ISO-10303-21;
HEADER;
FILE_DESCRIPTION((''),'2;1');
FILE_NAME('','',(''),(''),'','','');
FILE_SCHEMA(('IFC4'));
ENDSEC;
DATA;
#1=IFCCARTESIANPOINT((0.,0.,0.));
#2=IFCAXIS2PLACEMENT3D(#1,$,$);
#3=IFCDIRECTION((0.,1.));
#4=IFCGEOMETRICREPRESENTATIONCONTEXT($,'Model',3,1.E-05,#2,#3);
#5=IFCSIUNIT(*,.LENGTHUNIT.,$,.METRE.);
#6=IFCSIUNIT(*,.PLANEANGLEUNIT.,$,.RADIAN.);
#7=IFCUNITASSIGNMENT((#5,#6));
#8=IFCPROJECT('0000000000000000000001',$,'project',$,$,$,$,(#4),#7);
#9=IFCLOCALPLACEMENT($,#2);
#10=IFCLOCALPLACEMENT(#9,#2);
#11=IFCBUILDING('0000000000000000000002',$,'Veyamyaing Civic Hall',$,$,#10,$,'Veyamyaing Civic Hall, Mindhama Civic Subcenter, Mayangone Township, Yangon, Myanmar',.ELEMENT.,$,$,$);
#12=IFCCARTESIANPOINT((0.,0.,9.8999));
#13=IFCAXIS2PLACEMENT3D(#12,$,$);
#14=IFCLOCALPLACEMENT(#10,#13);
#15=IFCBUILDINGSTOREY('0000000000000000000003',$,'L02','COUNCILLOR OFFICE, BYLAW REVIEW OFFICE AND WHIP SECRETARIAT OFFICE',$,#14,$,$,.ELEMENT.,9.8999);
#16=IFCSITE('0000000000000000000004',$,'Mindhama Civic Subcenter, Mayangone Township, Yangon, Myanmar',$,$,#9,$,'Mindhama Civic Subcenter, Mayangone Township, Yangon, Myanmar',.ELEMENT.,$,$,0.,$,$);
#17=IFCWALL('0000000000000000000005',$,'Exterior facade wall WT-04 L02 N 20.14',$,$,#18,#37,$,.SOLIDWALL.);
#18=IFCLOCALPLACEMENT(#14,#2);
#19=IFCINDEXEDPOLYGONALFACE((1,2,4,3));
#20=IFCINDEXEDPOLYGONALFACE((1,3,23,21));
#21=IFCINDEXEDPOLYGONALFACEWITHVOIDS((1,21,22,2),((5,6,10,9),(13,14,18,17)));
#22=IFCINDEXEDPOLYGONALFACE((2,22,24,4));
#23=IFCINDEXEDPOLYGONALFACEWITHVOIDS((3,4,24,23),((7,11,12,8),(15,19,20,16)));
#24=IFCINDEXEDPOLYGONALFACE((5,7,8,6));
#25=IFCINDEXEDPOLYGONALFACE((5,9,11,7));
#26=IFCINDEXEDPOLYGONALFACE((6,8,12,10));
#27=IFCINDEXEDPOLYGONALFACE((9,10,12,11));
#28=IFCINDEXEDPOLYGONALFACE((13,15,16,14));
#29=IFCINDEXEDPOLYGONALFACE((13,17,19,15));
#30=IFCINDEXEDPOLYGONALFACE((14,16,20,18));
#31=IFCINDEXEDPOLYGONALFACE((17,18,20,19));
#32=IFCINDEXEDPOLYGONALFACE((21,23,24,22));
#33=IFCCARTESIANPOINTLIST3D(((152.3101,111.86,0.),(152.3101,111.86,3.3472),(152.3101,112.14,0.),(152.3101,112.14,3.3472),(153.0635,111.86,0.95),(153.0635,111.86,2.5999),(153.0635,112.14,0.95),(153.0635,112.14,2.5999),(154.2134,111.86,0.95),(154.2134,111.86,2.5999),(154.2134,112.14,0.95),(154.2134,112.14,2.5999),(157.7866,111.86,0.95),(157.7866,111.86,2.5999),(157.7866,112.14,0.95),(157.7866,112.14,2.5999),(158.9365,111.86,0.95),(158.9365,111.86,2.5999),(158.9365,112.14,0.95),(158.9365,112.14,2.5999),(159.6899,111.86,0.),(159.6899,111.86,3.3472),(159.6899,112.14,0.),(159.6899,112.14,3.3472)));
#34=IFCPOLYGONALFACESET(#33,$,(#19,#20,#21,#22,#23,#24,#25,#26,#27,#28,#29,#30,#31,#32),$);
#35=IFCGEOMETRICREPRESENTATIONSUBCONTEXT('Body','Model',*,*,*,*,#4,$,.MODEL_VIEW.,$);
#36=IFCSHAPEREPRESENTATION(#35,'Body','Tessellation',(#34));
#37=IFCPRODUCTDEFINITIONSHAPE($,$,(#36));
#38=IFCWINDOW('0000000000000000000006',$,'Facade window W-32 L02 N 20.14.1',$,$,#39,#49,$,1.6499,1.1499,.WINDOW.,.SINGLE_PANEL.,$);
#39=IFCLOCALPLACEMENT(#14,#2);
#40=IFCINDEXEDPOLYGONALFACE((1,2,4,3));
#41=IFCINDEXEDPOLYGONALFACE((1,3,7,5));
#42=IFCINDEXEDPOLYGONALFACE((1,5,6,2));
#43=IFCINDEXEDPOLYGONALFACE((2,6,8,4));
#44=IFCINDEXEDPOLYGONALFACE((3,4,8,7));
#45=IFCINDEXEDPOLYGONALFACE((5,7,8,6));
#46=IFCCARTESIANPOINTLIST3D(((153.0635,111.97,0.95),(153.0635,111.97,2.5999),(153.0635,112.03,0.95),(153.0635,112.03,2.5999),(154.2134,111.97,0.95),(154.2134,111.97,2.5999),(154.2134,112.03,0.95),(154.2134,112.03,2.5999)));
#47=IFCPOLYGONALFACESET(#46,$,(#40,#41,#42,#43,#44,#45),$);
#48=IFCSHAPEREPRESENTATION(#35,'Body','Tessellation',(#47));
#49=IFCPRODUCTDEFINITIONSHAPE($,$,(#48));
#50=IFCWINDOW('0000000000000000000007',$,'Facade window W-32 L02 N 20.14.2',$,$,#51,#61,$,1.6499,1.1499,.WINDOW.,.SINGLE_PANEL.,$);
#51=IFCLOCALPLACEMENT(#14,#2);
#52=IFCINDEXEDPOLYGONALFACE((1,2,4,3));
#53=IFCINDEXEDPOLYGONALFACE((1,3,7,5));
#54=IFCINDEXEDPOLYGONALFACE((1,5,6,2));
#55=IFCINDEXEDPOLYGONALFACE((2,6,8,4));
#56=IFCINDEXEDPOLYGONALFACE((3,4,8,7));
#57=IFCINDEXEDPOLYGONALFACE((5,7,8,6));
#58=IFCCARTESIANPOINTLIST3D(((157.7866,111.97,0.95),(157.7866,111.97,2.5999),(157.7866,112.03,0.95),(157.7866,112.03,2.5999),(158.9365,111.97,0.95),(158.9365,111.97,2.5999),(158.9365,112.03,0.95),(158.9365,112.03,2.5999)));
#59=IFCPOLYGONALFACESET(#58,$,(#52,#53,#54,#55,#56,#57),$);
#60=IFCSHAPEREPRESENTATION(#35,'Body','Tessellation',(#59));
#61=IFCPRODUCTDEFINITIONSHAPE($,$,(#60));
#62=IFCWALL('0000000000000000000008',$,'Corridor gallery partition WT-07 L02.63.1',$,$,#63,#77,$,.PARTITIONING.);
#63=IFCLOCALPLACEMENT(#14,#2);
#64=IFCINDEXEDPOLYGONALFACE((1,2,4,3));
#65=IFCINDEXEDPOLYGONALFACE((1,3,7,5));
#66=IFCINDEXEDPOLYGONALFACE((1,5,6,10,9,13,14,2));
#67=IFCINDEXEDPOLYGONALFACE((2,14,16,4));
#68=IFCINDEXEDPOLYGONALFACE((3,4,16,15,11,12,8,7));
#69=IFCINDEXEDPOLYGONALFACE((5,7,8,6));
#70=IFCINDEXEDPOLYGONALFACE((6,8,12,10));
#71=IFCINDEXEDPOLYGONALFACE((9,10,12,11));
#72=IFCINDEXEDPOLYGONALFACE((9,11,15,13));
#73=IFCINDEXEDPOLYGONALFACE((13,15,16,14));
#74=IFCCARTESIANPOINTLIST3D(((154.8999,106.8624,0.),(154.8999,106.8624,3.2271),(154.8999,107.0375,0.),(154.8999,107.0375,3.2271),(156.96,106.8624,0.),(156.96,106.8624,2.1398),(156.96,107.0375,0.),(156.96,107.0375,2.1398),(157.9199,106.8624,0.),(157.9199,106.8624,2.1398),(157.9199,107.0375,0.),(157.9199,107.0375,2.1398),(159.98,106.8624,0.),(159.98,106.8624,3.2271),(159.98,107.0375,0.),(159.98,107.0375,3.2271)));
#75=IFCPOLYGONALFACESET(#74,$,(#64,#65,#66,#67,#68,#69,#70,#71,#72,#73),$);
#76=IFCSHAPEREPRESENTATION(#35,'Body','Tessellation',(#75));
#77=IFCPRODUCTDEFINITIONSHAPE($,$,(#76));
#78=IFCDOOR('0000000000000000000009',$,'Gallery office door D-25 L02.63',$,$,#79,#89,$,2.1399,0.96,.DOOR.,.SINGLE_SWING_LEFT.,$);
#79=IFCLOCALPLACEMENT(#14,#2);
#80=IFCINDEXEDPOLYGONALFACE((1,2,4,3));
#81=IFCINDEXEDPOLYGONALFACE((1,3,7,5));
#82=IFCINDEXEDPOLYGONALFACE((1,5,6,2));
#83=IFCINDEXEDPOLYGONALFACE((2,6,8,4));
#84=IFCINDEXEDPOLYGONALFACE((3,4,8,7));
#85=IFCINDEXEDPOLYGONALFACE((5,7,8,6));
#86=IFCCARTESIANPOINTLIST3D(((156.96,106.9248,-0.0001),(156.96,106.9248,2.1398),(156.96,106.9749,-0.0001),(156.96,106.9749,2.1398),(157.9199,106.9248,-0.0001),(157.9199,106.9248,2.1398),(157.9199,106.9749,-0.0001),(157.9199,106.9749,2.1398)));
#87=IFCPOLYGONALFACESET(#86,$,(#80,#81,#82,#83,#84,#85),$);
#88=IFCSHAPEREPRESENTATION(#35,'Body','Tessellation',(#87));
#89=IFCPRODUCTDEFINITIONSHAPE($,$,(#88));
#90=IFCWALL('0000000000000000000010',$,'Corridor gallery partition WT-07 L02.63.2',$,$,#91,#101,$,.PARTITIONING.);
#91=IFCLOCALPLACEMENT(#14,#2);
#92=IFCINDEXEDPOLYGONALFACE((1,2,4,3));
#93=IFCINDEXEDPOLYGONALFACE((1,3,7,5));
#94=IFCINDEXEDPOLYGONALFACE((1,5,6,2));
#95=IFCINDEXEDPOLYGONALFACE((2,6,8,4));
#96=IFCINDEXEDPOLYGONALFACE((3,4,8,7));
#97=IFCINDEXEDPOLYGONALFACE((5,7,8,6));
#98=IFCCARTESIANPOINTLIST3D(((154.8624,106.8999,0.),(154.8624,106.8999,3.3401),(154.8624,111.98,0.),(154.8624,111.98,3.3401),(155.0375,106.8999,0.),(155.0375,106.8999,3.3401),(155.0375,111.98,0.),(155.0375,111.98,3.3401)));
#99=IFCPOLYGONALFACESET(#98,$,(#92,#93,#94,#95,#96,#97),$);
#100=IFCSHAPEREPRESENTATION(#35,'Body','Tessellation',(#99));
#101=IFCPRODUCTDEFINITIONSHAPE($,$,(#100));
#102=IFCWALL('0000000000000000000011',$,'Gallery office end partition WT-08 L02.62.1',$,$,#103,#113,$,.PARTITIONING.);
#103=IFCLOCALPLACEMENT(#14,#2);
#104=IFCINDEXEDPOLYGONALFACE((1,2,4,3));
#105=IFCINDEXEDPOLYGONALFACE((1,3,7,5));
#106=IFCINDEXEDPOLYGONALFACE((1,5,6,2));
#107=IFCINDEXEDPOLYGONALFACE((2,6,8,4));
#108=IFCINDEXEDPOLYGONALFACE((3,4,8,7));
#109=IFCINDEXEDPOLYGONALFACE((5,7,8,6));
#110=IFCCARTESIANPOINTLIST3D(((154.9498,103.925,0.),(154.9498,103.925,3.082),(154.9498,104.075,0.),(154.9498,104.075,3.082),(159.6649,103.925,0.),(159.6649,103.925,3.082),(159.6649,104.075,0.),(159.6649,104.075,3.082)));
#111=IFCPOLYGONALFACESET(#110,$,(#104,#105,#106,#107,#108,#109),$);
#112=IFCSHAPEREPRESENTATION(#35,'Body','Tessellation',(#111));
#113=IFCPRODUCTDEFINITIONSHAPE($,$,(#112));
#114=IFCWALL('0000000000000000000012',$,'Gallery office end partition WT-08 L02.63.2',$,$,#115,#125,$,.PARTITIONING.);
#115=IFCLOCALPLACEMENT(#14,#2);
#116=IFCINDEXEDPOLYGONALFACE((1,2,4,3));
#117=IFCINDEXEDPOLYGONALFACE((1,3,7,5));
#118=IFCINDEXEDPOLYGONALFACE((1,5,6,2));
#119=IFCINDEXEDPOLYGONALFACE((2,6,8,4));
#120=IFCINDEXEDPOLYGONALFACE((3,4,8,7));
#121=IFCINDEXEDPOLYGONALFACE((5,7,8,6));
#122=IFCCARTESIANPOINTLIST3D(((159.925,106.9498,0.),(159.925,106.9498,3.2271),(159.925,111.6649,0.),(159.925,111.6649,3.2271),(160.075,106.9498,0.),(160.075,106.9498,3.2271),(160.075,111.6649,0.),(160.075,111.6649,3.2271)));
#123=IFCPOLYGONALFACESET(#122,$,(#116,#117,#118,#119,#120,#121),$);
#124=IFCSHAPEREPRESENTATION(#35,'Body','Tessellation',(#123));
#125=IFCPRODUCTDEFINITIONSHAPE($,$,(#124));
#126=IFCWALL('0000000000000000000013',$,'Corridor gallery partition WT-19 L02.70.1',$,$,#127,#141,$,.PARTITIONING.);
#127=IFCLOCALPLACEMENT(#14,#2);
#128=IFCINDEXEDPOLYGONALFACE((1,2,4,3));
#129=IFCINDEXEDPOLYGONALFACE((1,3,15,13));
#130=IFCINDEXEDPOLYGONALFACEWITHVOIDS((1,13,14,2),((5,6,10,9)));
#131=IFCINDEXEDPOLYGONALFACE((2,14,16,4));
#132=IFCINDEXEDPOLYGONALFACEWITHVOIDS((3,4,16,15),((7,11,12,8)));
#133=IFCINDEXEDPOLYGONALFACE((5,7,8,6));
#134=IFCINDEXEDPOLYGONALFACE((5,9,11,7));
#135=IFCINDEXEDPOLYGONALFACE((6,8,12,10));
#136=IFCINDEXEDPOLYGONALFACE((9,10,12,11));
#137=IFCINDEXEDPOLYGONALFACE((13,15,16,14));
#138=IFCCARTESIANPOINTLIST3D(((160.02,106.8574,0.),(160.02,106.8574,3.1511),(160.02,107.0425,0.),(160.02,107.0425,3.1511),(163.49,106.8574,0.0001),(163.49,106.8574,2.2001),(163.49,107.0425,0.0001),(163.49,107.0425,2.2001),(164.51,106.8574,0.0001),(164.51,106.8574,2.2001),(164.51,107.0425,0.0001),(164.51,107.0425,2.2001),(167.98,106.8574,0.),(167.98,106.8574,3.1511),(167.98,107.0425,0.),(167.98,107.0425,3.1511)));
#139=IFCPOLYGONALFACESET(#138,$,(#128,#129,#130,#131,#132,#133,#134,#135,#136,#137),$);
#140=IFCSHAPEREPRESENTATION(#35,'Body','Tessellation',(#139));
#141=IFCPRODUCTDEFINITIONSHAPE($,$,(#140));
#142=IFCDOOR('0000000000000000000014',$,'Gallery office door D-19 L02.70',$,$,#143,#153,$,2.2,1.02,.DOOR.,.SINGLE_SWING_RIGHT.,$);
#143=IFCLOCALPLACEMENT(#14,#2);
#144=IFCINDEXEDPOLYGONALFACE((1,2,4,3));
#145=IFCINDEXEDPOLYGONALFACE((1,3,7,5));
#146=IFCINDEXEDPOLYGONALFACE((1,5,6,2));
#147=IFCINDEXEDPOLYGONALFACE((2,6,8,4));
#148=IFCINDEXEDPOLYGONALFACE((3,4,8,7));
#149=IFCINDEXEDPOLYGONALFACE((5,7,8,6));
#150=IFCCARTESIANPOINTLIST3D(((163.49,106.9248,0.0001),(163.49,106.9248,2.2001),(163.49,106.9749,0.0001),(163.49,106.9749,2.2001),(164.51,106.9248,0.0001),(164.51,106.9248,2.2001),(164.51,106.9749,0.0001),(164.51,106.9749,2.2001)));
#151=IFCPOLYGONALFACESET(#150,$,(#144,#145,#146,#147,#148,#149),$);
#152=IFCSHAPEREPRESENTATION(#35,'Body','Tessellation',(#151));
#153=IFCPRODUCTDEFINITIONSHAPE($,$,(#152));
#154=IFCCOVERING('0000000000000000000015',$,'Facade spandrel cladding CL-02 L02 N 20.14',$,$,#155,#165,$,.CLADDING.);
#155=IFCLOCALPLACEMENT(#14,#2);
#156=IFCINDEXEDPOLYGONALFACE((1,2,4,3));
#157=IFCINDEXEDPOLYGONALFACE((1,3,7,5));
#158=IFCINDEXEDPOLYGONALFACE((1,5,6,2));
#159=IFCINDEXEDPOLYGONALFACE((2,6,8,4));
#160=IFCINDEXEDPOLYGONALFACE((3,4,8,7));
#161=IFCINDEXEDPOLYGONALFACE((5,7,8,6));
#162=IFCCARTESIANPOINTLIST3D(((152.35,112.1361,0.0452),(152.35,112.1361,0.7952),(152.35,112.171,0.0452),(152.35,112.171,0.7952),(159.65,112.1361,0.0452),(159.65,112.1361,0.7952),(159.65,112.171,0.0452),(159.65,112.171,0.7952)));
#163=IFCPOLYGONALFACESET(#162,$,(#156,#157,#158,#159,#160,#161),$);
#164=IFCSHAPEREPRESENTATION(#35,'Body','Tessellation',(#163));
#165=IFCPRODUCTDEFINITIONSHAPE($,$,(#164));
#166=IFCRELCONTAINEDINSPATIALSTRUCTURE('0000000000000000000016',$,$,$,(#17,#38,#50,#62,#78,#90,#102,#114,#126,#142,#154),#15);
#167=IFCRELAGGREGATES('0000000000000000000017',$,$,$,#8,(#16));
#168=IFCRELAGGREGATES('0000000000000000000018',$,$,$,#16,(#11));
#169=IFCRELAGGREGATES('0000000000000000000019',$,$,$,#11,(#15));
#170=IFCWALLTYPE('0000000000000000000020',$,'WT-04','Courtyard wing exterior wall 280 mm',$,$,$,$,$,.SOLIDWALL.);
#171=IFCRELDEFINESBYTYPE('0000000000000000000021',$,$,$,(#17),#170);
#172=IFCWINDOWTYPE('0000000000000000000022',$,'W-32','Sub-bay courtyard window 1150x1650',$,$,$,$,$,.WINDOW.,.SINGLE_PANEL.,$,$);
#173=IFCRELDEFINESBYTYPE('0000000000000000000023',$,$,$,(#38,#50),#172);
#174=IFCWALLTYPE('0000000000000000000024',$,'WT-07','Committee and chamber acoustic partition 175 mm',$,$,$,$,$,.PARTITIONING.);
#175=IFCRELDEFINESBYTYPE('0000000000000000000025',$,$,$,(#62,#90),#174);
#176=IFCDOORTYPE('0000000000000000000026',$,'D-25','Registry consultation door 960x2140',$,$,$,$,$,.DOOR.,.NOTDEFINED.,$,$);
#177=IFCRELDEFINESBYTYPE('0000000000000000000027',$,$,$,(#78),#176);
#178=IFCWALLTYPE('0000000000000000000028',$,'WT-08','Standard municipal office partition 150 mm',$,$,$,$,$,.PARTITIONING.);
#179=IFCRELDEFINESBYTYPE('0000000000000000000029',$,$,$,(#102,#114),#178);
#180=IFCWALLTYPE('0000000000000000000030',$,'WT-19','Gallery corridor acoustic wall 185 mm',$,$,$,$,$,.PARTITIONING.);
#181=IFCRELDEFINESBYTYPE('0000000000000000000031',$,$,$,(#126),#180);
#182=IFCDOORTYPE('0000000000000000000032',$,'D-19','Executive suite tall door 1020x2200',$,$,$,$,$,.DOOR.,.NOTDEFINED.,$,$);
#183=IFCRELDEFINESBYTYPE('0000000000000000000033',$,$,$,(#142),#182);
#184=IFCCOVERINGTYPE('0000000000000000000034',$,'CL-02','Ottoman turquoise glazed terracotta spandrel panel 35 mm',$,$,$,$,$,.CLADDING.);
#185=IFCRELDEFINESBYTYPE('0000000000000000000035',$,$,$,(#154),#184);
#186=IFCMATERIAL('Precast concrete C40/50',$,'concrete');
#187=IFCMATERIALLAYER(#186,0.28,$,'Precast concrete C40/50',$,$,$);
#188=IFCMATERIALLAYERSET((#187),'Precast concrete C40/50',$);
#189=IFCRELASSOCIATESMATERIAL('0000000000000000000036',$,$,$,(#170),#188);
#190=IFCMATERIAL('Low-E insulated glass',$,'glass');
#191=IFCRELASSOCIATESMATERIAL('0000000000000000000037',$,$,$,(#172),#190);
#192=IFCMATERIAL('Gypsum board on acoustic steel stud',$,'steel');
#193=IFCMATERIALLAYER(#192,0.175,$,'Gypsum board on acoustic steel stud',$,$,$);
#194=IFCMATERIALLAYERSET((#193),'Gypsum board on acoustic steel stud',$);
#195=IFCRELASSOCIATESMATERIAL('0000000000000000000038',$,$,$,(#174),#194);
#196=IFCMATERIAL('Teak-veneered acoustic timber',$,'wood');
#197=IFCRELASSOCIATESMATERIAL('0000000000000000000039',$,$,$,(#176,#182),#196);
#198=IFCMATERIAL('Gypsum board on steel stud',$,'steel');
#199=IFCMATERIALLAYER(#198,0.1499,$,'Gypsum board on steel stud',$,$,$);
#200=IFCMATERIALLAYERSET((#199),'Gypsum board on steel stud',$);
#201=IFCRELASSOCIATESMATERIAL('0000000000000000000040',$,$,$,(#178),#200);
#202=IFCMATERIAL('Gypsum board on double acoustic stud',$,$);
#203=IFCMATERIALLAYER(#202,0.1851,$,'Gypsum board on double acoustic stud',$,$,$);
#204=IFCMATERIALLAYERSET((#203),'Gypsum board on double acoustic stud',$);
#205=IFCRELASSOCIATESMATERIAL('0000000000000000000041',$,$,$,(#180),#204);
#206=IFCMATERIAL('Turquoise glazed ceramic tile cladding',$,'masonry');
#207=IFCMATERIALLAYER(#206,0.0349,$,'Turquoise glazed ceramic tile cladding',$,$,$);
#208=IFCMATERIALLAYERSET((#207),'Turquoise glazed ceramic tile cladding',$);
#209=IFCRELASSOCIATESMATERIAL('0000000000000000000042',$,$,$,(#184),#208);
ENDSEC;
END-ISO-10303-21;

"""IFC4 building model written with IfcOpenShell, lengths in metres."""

from ifc_helpers import new_model, si_unit, direction, frame, frame_2d, origin, origin_2d, place, context, subcontext, project, spatial, rectangle, extrude, material, layer, layer_set, type_object, element, fill, save


model = new_model("IFC4")

# Units and contexts
model_context = context("Model", 3, precision=1e-05, world=origin(), true_north=direction((0.0, 1.0)))
body_context = subcontext(model_context, "Body", "Model", "MODEL_VIEW")
ifc_project = project(units=[si_unit("LENGTHUNIT", "METRE"), si_unit("PLANEANGLEUNIT", "RADIAN")], contexts=[model_context])

# Site, building, storey
site_placement = place(None, origin())
site = spatial("IfcSite", under=ifc_project, at=site_placement, Name="Mindhama Civic Subcenter, Mayangone Township, Yangon, Myanmar", LongName="Mindhama Civic Subcenter, Mayangone Township, Yangon, Myanmar", CompositionType="ELEMENT", RefElevation=0.0)
building_placement = place(site_placement, origin())
building = spatial("IfcBuilding", under=site, at=building_placement, Name="Veyamyaing Civic Hall", LongName="Veyamyaing Civic Hall, Mindhama Civic Subcenter, Mayangone Township, Yangon, Myanmar", CompositionType="ELEMENT")
storey_placement = place(building_placement, frame((0.0, 0.0, 9.8999)))
storey = spatial("IfcBuildingStorey", under=building, at=storey_placement, Name="L02", Description="COUNCILLOR OFFICE, BYLAW REVIEW OFFICE AND WHIP SECRETARIAT OFFICE", CompositionType="ELEMENT", Elevation=9.8999)

# Wall, openings, windows
ifc_material_1 = material(Name="Precast concrete C40/50", Category="concrete")
ifc_layer_1 = layer(ifc_material_1, 0.28, Name="Precast concrete C40/50")
ifc_layer_set_1 = layer_set([ifc_layer_1], Name="Precast concrete C40/50")
wall_type_1 = type_object("IfcWallType", Name="WT-04", Description="Courtyard wing exterior wall 280 mm", PredefinedType="SOLIDWALL", material=ifc_layer_set_1)
wall_1_placement = place(storey_placement, frame((152.3101, 112.0, 0.0), z_axis=(0.0, 0.0, 1.0), x_axis=(1.0, 0.0, 0.0)))
wall_1 = element("IfcWall", 1, at=wall_1_placement, inside=storey, type_object=wall_type_1, Name="Exterior facade wall WT-04 L02 N 20.14", PredefinedType="SOLIDWALL", context=body_context, shape_type="SweptSolid", body=[
    extrude(rectangle(XDim=7.3799, YDim=0.28, at=frame_2d((3.6899, 0.0))), origin(), (0.0, 0.0, 1.0), 3.3472),
])
opening_1_placement = place(wall_1_placement, frame((0.7534, 0.0, 0.95)))
opening_1 = element("IfcOpeningElement", 2, at=opening_1_placement, cuts=wall_1, PredefinedType="OPENING", context=body_context, shape_type="SweptSolid", body=[
    extrude(rectangle(XDim=1.1499, YDim=1.6499, at=frame_2d((0.575, 0.825))), frame((0.0, 0.1499, 0.0), z_axis=(0.0, -1.0, 0.0), x_axis=(1.0, 0.0, 0.0)), (0.0, 0.0, 1.0), 0.3),
])
opening_2_placement = place(wall_1_placement, frame((5.4766, 0.0, 0.95)))
opening_2 = element("IfcOpeningElement", 3, at=opening_2_placement, cuts=wall_1, PredefinedType="OPENING", context=body_context, shape_type="SweptSolid", body=[
    extrude(rectangle(XDim=1.1499, YDim=1.6499, at=frame_2d((0.575, 0.825))), frame((0.0, 0.1499, 0.0), z_axis=(0.0, -1.0, 0.0), x_axis=(1.0, 0.0, 0.0)), (0.0, 0.0, 1.0), 0.3),
])
ifc_material_2 = material(Name="Low-E insulated glass", Category="glass")
window_type = type_object("IfcWindowType", Name="W-32", Description="Sub-bay courtyard window 1150x1650", PartitioningType="SINGLE_PANEL", PredefinedType="WINDOW", material=ifc_material_2)
window_1_placement = place(opening_1_placement, origin())
window_1 = element("IfcWindow", 4, at=window_1_placement, inside=storey, type_object=window_type, Name="Facade window W-32 L02 N 20.14.1", OverallHeight=1.6499, OverallWidth=1.1499, PartitioningType="SINGLE_PANEL", PredefinedType="WINDOW", context=body_context, shape_type="SweptSolid", body=[
    extrude(rectangle(XDim=1.1499, YDim=1.6499, at=frame_2d((0.575, 0.825))), frame((0.0, 0.03, 0.0), z_axis=(0.0, -1.0, 0.0), x_axis=(1.0, 0.0, 0.0)), (0.0, 0.0, 1.0), 0.0601),
])
fill(opening_1, window_1)
window_2_placement = place(opening_2_placement, origin())
window_2 = element("IfcWindow", 5, at=window_2_placement, inside=storey, type_object=window_type, Name="Facade window W-32 L02 N 20.14.2", OverallHeight=1.6499, OverallWidth=1.1499, PartitioningType="SINGLE_PANEL", PredefinedType="WINDOW", context=body_context, shape_type="SweptSolid", body=[
    extrude(rectangle(XDim=1.1499, YDim=1.6499, at=frame_2d((0.575, 0.825))), frame((0.0, 0.03, 0.0), z_axis=(0.0, -1.0, 0.0), x_axis=(1.0, 0.0, 0.0)), (0.0, 0.0, 1.0), 0.0601),
])
fill(opening_2, window_2)

# Wall, opening, door
ifc_material_3 = material(Name="Gypsum board on acoustic steel stud", Category="steel")
ifc_layer_2 = layer(ifc_material_3, 0.175, Name="Gypsum board on acoustic steel stud")
ifc_layer_set_2 = layer_set([ifc_layer_2], Name="Gypsum board on acoustic steel stud")
wall_type_2 = type_object("IfcWallType", Name="WT-07", Description="Committee and chamber acoustic partition 175 mm", PredefinedType="PARTITIONING", material=ifc_layer_set_2)
wall_2_placement = place(storey_placement, frame((154.8999, 106.95, 0.0), z_axis=(0.0, 0.0, 1.0), x_axis=(1.0, 0.0, 0.0)))
wall_2 = element("IfcWall", 6, at=wall_2_placement, inside=storey, type_object=wall_type_2, Name="Corridor gallery partition WT-07 L02.63.1", PredefinedType="PARTITIONING", context=body_context, shape_type="SweptSolid", body=[
    extrude(rectangle(XDim=5.0801, YDim=0.175, at=frame_2d((2.54, 0.0))), origin(), (0.0, 0.0, 1.0), 3.2271),
])
opening_3_placement = place(wall_2_placement, frame((2.0601, 0.0, 0.0)))
opening_3 = element("IfcOpeningElement", 7, at=opening_3_placement, cuts=wall_2, PredefinedType="OPENING", context=body_context, shape_type="SweptSolid", body=[
    extrude(rectangle(XDim=0.96, YDim=2.1399, at=frame_2d((0.48, 1.0698))), frame((0.0, 0.0974, 0.0), z_axis=(0.0, -1.0, 0.0), x_axis=(1.0, 0.0, 0.0)), (0.0, 0.0, 1.0), 0.1951),
])
ifc_material_4 = material(Name="Teak-veneered acoustic timber", Category="wood")
door_type_1 = type_object("IfcDoorType", Name="D-25", Description="Registry consultation door 960x2140", OperationType="NOTDEFINED", PredefinedType="DOOR", material=ifc_material_4)
door_1_placement = place(opening_3_placement, origin())
door_1 = element("IfcDoor", 8, at=door_1_placement, inside=storey, type_object=door_type_1, Name="Gallery office door D-25 L02.63", OperationType="SINGLE_SWING_LEFT", OverallHeight=2.1399, OverallWidth=0.96, PredefinedType="DOOR", context=body_context, shape_type="SweptSolid", body=[
    extrude(rectangle(XDim=0.96, YDim=2.1399, at=frame_2d((0.48, 1.0698))), frame((0.0, 0.0249, 0.0), z_axis=(0.0, -1.0, 0.0), x_axis=(1.0, 0.0, 0.0)), (0.0, 0.0, 1.0), 0.05),
])
fill(opening_3, door_1)

# Walls
wall_3_placement = place(storey_placement, frame((154.95, 106.8999, 0.0), z_axis=(0.0, 0.0, 1.0), x_axis=(0.0, 1.0, 0.0)))
element("IfcWall", 9, at=wall_3_placement, inside=storey, type_object=wall_type_2, Name="Corridor gallery partition WT-07 L02.63.2", PredefinedType="PARTITIONING", context=body_context, shape_type="SweptSolid", body=[
    extrude(rectangle(XDim=5.0801, YDim=0.175, at=frame_2d((2.54, 0.0))), origin(), (0.0, 0.0, 1.0), 3.3401),
])
ifc_material_5 = material(Name="Gypsum board on steel stud", Category="steel")
ifc_layer_3 = layer(ifc_material_5, 0.1499, Name="Gypsum board on steel stud")
ifc_layer_set_3 = layer_set([ifc_layer_3], Name="Gypsum board on steel stud")
wall_type_3 = type_object("IfcWallType", Name="WT-08", Description="Standard municipal office partition 150 mm", PredefinedType="PARTITIONING", material=ifc_layer_set_3)
wall_4_placement = place(storey_placement, frame((154.95, 104.0, 0.0), z_axis=(0.0, 0.0, 1.0), x_axis=(1.0, 0.0, 0.0)))
element("IfcWall", 10, at=wall_4_placement, inside=storey, type_object=wall_type_3, Name="Gallery office end partition WT-08 L02.62.1", PredefinedType="PARTITIONING", context=body_context, shape_type="SweptSolid", body=[
    extrude(rectangle(XDim=4.7151, YDim=0.1499, at=frame_2d((2.3574, 0.0))), origin(), (0.0, 0.0, 1.0), 3.082),
])
wall_5_placement = place(storey_placement, frame((160.0, 106.95, 0.0), z_axis=(0.0, 0.0, 1.0), x_axis=(0.0, 1.0, 0.0)))
element("IfcWall", 11, at=wall_5_placement, inside=storey, type_object=wall_type_3, Name="Gallery office end partition WT-08 L02.63.2", PredefinedType="PARTITIONING", context=body_context, shape_type="SweptSolid", body=[
    extrude(rectangle(XDim=4.7151, YDim=0.1499, at=frame_2d((2.3574, 0.0))), origin(), (0.0, 0.0, 1.0), 3.2271),
])

# Wall, opening, door
ifc_material_6 = material(Name="Gypsum board on double acoustic stud")
ifc_layer_4 = layer(ifc_material_6, 0.1851, Name="Gypsum board on double acoustic stud")
ifc_layer_set_4 = layer_set([ifc_layer_4], Name="Gypsum board on double acoustic stud")
wall_type_4 = type_object("IfcWallType", Name="WT-19", Description="Gallery corridor acoustic wall 185 mm", PredefinedType="PARTITIONING", material=ifc_layer_set_4)
wall_6_placement = place(storey_placement, frame((160.02, 106.95, 0.0), z_axis=(0.0, 0.0, 1.0), x_axis=(1.0, 0.0, 0.0)))
wall_6 = element("IfcWall", 12, at=wall_6_placement, inside=storey, type_object=wall_type_4, Name="Corridor gallery partition WT-19 L02.70.1", PredefinedType="PARTITIONING", context=body_context, shape_type="SweptSolid", body=[
    extrude(rectangle(XDim=7.96, YDim=0.1851, at=frame_2d((3.98, 0.0))), origin(), (0.0, 0.0, 1.0), 3.1511),
])
opening_4_placement = place(wall_6_placement, frame((3.47, 0.0, 0.0)))
opening_4 = element("IfcOpeningElement", 13, at=opening_4_placement, cuts=wall_6, PredefinedType="OPENING", context=body_context, shape_type="SweptSolid", body=[
    extrude(rectangle(XDim=1.02, YDim=2.2, at=frame_2d((0.51, 1.1001))), frame((0.0, 0.1025, 0.0), z_axis=(0.0, -1.0, 0.0), x_axis=(1.0, 0.0, 0.0)), (0.0, 0.0, 1.0), 0.2051),
])
door_type_2 = type_object("IfcDoorType", Name="D-19", Description="Executive suite tall door 1020x2200", OperationType="NOTDEFINED", PredefinedType="DOOR", material=ifc_material_4)
door_2_placement = place(opening_4_placement, origin())
door_2 = element("IfcDoor", 14, at=door_2_placement, inside=storey, type_object=door_type_2, Name="Gallery office door D-19 L02.70", OperationType="SINGLE_SWING_RIGHT", OverallHeight=2.2, OverallWidth=1.02, PredefinedType="DOOR", context=body_context, shape_type="SweptSolid", body=[
    extrude(rectangle(XDim=1.02, YDim=2.2, at=frame_2d((0.51, 1.1001))), frame((0.0, 0.0249, 0.0), z_axis=(0.0, -1.0, 0.0), x_axis=(1.0, 0.0, 0.0)), (0.0, 0.0, 1.0), 0.05),
])
fill(opening_4, door_2)

# Covering
ifc_material_7 = material(Name="Turquoise glazed ceramic tile cladding", Category="masonry")
ifc_layer_5 = layer(ifc_material_7, 0.0349, Name="Turquoise glazed ceramic tile cladding")
ifc_layer_set_5 = layer_set([ifc_layer_5], Name="Turquoise glazed ceramic tile cladding")
covering_type_1 = type_object("IfcCoveringType", Name="CL-02", Description="Ottoman turquoise glazed terracotta spandrel panel 35 mm", PredefinedType="CLADDING", material=ifc_layer_set_5)
covering_placement = place(storey_placement, frame((156.0, 112.1536, 0.0452), z_axis=(0.0, 0.0, 1.0), x_axis=(1.0, 0.0, 0.0)))
element("IfcCovering", 15, at=covering_placement, inside=storey, type_object=covering_type_1, Name="Facade spandrel cladding CL-02 L02 N 20.14", PredefinedType="CLADDING", context=body_context, shape_type="SweptSolid", body=[
    extrude(rectangle(XDim=7.3, YDim=0.0349, at=origin_2d()), origin(), (0.0, 0.0, 1.0), 0.75),
])

save(model, "model.ifc")
